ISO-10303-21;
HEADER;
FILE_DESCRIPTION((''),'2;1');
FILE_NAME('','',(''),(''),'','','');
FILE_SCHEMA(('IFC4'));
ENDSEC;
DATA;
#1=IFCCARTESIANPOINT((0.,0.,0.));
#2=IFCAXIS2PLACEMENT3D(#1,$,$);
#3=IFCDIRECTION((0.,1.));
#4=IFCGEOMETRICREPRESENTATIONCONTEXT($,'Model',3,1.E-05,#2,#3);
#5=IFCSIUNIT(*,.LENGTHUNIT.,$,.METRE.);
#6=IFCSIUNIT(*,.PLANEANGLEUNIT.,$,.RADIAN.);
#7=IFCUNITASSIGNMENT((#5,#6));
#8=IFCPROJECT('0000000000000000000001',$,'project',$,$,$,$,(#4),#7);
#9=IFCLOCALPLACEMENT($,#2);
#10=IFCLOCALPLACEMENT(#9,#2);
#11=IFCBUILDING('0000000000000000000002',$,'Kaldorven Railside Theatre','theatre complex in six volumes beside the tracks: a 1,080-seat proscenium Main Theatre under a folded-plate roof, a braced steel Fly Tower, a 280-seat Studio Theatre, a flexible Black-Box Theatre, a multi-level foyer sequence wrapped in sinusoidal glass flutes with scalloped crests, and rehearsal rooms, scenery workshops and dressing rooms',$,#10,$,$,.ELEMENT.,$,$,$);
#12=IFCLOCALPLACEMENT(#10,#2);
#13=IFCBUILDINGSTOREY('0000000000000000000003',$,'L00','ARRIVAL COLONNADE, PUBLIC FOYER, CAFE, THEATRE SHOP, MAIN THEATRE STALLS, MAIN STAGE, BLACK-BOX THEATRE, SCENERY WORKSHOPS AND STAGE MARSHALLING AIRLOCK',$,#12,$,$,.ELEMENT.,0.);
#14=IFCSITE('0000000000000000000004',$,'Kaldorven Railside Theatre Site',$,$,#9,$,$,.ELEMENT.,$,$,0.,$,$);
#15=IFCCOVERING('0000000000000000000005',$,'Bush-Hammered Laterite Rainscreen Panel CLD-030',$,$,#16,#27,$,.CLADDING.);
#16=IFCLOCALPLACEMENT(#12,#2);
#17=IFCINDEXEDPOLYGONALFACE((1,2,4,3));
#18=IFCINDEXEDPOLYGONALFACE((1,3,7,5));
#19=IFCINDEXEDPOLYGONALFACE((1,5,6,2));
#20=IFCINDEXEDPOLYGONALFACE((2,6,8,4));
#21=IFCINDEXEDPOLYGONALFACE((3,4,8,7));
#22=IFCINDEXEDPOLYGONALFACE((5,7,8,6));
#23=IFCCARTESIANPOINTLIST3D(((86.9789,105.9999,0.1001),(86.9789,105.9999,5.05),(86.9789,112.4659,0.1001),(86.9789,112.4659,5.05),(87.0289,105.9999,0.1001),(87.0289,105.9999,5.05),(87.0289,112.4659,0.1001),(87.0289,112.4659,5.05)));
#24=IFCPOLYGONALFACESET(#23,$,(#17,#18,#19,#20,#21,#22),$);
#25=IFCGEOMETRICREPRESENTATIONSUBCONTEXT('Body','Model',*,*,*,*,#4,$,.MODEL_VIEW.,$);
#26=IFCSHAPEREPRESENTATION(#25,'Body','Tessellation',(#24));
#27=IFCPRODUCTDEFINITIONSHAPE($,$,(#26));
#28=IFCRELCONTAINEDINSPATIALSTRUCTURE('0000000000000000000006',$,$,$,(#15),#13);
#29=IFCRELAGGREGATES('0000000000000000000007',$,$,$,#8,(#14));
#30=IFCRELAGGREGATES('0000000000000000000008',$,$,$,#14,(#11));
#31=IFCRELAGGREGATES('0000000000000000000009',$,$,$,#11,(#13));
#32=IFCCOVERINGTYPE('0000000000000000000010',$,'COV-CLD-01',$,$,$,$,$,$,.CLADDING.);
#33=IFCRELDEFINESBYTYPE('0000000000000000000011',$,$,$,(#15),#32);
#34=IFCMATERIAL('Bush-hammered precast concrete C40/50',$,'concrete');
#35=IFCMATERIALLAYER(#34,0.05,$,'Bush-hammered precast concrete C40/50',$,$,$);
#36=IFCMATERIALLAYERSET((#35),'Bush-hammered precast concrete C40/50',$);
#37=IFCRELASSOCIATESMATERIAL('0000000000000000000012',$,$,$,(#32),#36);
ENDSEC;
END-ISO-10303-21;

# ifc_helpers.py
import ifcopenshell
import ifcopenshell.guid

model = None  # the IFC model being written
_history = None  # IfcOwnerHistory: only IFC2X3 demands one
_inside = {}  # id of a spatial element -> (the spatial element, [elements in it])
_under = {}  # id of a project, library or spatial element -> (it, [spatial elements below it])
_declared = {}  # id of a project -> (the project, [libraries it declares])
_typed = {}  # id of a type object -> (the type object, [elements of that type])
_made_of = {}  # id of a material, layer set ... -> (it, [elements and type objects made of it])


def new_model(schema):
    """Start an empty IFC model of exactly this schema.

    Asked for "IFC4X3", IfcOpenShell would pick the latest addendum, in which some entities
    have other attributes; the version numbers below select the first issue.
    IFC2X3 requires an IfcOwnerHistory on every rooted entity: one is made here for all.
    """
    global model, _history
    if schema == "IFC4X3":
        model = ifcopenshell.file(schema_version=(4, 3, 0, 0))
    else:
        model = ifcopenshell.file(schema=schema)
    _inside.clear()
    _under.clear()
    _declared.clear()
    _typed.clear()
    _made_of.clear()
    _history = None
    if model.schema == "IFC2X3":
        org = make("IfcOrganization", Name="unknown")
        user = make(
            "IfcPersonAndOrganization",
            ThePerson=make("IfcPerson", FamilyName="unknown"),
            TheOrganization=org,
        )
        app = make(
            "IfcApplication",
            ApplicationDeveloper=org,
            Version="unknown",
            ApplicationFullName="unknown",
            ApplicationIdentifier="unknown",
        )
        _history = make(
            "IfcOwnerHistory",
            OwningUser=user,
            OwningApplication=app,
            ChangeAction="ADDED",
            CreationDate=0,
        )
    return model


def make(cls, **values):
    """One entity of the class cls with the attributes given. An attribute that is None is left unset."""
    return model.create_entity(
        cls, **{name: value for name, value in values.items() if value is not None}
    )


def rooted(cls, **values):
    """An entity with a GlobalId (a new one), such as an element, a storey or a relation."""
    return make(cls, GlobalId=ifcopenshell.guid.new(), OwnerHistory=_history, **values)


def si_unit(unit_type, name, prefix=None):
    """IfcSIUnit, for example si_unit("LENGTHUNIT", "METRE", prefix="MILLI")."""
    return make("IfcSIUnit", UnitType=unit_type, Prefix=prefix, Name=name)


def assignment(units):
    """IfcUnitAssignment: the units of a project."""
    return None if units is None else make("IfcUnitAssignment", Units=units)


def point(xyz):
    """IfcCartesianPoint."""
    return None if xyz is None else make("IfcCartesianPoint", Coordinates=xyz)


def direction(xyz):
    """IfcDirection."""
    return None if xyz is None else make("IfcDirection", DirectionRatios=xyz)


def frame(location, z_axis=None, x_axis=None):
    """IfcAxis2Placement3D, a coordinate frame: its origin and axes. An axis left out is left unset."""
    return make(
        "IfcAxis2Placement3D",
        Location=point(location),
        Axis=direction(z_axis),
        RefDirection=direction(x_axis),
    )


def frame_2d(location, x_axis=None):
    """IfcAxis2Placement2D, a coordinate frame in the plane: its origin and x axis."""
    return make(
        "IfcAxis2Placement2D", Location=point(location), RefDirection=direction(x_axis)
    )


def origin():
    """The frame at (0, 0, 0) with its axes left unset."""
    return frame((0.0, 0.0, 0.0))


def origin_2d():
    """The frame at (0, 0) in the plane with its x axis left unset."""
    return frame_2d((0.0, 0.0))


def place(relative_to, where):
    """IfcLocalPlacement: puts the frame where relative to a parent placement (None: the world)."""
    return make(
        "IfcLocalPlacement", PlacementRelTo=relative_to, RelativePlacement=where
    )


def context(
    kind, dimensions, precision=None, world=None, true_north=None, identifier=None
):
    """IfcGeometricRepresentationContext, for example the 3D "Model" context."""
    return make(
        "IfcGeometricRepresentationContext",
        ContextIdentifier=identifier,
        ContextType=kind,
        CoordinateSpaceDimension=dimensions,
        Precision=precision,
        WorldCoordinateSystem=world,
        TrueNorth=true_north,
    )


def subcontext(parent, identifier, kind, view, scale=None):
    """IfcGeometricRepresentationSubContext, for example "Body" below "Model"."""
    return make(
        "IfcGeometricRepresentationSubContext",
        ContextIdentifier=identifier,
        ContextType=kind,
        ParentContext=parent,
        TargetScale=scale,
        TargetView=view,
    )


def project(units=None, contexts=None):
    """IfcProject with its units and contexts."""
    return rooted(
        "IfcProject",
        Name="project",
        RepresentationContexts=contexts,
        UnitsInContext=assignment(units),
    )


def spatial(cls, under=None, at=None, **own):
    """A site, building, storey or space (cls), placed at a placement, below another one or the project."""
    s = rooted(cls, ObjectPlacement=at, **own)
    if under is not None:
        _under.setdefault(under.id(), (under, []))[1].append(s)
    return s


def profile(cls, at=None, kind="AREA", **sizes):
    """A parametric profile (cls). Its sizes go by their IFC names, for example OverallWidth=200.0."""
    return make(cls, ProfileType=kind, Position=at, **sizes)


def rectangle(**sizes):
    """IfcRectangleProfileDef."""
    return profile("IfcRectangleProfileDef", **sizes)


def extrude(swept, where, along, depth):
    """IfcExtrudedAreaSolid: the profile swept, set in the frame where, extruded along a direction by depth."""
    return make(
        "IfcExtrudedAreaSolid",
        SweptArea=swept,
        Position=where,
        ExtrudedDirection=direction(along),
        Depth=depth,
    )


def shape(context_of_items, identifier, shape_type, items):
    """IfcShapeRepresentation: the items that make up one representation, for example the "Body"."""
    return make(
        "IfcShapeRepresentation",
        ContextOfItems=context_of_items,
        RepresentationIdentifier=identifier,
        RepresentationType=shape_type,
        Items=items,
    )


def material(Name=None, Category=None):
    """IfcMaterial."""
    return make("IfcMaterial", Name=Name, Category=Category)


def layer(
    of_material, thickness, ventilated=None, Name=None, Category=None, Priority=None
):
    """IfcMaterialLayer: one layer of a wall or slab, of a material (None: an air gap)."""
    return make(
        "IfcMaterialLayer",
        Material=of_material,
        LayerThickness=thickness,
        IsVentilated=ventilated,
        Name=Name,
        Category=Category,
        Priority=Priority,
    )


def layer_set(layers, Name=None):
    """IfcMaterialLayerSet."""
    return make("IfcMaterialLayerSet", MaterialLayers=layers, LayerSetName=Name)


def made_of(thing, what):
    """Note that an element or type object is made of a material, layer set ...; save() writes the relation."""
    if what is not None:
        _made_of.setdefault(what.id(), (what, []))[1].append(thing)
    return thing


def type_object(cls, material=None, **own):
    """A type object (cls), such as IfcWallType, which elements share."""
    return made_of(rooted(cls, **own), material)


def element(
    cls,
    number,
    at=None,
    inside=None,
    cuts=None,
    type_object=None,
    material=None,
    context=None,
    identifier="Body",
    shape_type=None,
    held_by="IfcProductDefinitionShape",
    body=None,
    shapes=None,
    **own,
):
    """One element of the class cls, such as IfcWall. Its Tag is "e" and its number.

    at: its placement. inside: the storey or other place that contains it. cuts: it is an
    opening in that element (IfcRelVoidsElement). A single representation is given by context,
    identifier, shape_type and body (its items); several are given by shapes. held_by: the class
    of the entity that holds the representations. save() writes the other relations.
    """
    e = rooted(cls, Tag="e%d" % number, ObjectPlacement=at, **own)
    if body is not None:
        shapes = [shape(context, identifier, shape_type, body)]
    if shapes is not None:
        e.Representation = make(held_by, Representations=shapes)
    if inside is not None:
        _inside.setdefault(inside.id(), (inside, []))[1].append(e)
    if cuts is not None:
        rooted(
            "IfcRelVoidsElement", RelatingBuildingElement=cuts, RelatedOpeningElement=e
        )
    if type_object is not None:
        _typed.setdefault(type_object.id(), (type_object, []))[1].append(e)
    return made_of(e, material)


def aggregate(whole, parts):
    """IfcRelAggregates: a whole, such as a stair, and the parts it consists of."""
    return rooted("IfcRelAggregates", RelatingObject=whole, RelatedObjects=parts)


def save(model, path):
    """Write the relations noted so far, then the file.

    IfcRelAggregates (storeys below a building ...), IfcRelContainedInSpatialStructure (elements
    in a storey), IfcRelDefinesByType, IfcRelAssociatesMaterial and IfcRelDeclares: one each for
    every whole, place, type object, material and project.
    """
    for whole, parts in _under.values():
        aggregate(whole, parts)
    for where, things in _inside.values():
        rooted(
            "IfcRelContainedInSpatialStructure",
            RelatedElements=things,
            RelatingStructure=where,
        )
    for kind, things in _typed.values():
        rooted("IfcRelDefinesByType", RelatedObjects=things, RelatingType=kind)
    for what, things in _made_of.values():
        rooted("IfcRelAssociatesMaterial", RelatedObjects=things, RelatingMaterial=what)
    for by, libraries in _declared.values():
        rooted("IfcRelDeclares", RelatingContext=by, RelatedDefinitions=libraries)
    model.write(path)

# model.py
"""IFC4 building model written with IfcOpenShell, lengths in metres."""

from ifc_helpers import new_model, si_unit, direction, frame, origin, origin_2d, place, context, subcontext, project, spatial, rectangle, extrude, material, layer, layer_set, type_object, element, save


model = new_model("IFC4")

# Units and contexts
model_context = context("Model", 3, precision=1e-05, world=origin(), true_north=direction((0.0, 1.0)))
body_context = subcontext(model_context, "Body", "Model", "MODEL_VIEW")
ifc_project = project(units=[si_unit("LENGTHUNIT", "METRE"), si_unit("PLANEANGLEUNIT", "RADIAN")], contexts=[model_context])

# Site, building, storey
site_placement = place(None, origin())
site = spatial("IfcSite", under=ifc_project, at=site_placement, Name="Kaldorven Railside Theatre Site", CompositionType="ELEMENT", RefElevation=0.0)
building_placement = place(site_placement, origin())
building = spatial("IfcBuilding", under=site, at=building_placement, Name="Kaldorven Railside Theatre", Description="theatre complex in six volumes beside the tracks: a 1,080-seat proscenium Main Theatre under a folded-plate roof, a braced steel Fly Tower, a 280-seat Studio Theatre, a flexible Black-Box Theatre, a multi-level foyer sequence wrapped in sinusoidal glass flutes with scalloped crests, and rehearsal rooms, scenery workshops and dressing rooms", CompositionType="ELEMENT")
storey_placement = place(building_placement, origin())
storey = spatial("IfcBuildingStorey", under=building, at=storey_placement, Name="L00", Description="ARRIVAL COLONNADE, PUBLIC FOYER, CAFE, THEATRE SHOP, MAIN THEATRE STALLS, MAIN STAGE, BLACK-BOX THEATRE, SCENERY WORKSHOPS AND STAGE MARSHALLING AIRLOCK", CompositionType="ELEMENT", Elevation=0.0)

# Covering
ifc_material_1 = material(Name="Bush-hammered precast concrete C40/50", Category="concrete")
ifc_layer_1 = layer(ifc_material_1, 0.05, Name="Bush-hammered precast concrete C40/50")
ifc_layer_set_1 = layer_set([ifc_layer_1], Name="Bush-hammered precast concrete C40/50")
covering_type = type_object("IfcCoveringType", Name="COV-CLD-01", PredefinedType="CLADDING", material=ifc_layer_set_1)
covering_1_placement = place(storey_placement, frame((87.0039, 109.2329, 0.1001), z_axis=(0.0, 0.0, 1.0), x_axis=(0.0, 1.0, 0.0)))
element("IfcCovering", 1, at=covering_1_placement, inside=storey, type_object=covering_type, Name="Bush-Hammered Laterite Rainscreen Panel CLD-030", PredefinedType="CLADDING", context=body_context, shape_type="SweptSolid", body=[
    extrude(rectangle(XDim=6.4661, YDim=0.05, at=origin_2d()), origin(), (0.0, 0.0, 1.0), 4.95),
])

save(model, "model.ifc")
